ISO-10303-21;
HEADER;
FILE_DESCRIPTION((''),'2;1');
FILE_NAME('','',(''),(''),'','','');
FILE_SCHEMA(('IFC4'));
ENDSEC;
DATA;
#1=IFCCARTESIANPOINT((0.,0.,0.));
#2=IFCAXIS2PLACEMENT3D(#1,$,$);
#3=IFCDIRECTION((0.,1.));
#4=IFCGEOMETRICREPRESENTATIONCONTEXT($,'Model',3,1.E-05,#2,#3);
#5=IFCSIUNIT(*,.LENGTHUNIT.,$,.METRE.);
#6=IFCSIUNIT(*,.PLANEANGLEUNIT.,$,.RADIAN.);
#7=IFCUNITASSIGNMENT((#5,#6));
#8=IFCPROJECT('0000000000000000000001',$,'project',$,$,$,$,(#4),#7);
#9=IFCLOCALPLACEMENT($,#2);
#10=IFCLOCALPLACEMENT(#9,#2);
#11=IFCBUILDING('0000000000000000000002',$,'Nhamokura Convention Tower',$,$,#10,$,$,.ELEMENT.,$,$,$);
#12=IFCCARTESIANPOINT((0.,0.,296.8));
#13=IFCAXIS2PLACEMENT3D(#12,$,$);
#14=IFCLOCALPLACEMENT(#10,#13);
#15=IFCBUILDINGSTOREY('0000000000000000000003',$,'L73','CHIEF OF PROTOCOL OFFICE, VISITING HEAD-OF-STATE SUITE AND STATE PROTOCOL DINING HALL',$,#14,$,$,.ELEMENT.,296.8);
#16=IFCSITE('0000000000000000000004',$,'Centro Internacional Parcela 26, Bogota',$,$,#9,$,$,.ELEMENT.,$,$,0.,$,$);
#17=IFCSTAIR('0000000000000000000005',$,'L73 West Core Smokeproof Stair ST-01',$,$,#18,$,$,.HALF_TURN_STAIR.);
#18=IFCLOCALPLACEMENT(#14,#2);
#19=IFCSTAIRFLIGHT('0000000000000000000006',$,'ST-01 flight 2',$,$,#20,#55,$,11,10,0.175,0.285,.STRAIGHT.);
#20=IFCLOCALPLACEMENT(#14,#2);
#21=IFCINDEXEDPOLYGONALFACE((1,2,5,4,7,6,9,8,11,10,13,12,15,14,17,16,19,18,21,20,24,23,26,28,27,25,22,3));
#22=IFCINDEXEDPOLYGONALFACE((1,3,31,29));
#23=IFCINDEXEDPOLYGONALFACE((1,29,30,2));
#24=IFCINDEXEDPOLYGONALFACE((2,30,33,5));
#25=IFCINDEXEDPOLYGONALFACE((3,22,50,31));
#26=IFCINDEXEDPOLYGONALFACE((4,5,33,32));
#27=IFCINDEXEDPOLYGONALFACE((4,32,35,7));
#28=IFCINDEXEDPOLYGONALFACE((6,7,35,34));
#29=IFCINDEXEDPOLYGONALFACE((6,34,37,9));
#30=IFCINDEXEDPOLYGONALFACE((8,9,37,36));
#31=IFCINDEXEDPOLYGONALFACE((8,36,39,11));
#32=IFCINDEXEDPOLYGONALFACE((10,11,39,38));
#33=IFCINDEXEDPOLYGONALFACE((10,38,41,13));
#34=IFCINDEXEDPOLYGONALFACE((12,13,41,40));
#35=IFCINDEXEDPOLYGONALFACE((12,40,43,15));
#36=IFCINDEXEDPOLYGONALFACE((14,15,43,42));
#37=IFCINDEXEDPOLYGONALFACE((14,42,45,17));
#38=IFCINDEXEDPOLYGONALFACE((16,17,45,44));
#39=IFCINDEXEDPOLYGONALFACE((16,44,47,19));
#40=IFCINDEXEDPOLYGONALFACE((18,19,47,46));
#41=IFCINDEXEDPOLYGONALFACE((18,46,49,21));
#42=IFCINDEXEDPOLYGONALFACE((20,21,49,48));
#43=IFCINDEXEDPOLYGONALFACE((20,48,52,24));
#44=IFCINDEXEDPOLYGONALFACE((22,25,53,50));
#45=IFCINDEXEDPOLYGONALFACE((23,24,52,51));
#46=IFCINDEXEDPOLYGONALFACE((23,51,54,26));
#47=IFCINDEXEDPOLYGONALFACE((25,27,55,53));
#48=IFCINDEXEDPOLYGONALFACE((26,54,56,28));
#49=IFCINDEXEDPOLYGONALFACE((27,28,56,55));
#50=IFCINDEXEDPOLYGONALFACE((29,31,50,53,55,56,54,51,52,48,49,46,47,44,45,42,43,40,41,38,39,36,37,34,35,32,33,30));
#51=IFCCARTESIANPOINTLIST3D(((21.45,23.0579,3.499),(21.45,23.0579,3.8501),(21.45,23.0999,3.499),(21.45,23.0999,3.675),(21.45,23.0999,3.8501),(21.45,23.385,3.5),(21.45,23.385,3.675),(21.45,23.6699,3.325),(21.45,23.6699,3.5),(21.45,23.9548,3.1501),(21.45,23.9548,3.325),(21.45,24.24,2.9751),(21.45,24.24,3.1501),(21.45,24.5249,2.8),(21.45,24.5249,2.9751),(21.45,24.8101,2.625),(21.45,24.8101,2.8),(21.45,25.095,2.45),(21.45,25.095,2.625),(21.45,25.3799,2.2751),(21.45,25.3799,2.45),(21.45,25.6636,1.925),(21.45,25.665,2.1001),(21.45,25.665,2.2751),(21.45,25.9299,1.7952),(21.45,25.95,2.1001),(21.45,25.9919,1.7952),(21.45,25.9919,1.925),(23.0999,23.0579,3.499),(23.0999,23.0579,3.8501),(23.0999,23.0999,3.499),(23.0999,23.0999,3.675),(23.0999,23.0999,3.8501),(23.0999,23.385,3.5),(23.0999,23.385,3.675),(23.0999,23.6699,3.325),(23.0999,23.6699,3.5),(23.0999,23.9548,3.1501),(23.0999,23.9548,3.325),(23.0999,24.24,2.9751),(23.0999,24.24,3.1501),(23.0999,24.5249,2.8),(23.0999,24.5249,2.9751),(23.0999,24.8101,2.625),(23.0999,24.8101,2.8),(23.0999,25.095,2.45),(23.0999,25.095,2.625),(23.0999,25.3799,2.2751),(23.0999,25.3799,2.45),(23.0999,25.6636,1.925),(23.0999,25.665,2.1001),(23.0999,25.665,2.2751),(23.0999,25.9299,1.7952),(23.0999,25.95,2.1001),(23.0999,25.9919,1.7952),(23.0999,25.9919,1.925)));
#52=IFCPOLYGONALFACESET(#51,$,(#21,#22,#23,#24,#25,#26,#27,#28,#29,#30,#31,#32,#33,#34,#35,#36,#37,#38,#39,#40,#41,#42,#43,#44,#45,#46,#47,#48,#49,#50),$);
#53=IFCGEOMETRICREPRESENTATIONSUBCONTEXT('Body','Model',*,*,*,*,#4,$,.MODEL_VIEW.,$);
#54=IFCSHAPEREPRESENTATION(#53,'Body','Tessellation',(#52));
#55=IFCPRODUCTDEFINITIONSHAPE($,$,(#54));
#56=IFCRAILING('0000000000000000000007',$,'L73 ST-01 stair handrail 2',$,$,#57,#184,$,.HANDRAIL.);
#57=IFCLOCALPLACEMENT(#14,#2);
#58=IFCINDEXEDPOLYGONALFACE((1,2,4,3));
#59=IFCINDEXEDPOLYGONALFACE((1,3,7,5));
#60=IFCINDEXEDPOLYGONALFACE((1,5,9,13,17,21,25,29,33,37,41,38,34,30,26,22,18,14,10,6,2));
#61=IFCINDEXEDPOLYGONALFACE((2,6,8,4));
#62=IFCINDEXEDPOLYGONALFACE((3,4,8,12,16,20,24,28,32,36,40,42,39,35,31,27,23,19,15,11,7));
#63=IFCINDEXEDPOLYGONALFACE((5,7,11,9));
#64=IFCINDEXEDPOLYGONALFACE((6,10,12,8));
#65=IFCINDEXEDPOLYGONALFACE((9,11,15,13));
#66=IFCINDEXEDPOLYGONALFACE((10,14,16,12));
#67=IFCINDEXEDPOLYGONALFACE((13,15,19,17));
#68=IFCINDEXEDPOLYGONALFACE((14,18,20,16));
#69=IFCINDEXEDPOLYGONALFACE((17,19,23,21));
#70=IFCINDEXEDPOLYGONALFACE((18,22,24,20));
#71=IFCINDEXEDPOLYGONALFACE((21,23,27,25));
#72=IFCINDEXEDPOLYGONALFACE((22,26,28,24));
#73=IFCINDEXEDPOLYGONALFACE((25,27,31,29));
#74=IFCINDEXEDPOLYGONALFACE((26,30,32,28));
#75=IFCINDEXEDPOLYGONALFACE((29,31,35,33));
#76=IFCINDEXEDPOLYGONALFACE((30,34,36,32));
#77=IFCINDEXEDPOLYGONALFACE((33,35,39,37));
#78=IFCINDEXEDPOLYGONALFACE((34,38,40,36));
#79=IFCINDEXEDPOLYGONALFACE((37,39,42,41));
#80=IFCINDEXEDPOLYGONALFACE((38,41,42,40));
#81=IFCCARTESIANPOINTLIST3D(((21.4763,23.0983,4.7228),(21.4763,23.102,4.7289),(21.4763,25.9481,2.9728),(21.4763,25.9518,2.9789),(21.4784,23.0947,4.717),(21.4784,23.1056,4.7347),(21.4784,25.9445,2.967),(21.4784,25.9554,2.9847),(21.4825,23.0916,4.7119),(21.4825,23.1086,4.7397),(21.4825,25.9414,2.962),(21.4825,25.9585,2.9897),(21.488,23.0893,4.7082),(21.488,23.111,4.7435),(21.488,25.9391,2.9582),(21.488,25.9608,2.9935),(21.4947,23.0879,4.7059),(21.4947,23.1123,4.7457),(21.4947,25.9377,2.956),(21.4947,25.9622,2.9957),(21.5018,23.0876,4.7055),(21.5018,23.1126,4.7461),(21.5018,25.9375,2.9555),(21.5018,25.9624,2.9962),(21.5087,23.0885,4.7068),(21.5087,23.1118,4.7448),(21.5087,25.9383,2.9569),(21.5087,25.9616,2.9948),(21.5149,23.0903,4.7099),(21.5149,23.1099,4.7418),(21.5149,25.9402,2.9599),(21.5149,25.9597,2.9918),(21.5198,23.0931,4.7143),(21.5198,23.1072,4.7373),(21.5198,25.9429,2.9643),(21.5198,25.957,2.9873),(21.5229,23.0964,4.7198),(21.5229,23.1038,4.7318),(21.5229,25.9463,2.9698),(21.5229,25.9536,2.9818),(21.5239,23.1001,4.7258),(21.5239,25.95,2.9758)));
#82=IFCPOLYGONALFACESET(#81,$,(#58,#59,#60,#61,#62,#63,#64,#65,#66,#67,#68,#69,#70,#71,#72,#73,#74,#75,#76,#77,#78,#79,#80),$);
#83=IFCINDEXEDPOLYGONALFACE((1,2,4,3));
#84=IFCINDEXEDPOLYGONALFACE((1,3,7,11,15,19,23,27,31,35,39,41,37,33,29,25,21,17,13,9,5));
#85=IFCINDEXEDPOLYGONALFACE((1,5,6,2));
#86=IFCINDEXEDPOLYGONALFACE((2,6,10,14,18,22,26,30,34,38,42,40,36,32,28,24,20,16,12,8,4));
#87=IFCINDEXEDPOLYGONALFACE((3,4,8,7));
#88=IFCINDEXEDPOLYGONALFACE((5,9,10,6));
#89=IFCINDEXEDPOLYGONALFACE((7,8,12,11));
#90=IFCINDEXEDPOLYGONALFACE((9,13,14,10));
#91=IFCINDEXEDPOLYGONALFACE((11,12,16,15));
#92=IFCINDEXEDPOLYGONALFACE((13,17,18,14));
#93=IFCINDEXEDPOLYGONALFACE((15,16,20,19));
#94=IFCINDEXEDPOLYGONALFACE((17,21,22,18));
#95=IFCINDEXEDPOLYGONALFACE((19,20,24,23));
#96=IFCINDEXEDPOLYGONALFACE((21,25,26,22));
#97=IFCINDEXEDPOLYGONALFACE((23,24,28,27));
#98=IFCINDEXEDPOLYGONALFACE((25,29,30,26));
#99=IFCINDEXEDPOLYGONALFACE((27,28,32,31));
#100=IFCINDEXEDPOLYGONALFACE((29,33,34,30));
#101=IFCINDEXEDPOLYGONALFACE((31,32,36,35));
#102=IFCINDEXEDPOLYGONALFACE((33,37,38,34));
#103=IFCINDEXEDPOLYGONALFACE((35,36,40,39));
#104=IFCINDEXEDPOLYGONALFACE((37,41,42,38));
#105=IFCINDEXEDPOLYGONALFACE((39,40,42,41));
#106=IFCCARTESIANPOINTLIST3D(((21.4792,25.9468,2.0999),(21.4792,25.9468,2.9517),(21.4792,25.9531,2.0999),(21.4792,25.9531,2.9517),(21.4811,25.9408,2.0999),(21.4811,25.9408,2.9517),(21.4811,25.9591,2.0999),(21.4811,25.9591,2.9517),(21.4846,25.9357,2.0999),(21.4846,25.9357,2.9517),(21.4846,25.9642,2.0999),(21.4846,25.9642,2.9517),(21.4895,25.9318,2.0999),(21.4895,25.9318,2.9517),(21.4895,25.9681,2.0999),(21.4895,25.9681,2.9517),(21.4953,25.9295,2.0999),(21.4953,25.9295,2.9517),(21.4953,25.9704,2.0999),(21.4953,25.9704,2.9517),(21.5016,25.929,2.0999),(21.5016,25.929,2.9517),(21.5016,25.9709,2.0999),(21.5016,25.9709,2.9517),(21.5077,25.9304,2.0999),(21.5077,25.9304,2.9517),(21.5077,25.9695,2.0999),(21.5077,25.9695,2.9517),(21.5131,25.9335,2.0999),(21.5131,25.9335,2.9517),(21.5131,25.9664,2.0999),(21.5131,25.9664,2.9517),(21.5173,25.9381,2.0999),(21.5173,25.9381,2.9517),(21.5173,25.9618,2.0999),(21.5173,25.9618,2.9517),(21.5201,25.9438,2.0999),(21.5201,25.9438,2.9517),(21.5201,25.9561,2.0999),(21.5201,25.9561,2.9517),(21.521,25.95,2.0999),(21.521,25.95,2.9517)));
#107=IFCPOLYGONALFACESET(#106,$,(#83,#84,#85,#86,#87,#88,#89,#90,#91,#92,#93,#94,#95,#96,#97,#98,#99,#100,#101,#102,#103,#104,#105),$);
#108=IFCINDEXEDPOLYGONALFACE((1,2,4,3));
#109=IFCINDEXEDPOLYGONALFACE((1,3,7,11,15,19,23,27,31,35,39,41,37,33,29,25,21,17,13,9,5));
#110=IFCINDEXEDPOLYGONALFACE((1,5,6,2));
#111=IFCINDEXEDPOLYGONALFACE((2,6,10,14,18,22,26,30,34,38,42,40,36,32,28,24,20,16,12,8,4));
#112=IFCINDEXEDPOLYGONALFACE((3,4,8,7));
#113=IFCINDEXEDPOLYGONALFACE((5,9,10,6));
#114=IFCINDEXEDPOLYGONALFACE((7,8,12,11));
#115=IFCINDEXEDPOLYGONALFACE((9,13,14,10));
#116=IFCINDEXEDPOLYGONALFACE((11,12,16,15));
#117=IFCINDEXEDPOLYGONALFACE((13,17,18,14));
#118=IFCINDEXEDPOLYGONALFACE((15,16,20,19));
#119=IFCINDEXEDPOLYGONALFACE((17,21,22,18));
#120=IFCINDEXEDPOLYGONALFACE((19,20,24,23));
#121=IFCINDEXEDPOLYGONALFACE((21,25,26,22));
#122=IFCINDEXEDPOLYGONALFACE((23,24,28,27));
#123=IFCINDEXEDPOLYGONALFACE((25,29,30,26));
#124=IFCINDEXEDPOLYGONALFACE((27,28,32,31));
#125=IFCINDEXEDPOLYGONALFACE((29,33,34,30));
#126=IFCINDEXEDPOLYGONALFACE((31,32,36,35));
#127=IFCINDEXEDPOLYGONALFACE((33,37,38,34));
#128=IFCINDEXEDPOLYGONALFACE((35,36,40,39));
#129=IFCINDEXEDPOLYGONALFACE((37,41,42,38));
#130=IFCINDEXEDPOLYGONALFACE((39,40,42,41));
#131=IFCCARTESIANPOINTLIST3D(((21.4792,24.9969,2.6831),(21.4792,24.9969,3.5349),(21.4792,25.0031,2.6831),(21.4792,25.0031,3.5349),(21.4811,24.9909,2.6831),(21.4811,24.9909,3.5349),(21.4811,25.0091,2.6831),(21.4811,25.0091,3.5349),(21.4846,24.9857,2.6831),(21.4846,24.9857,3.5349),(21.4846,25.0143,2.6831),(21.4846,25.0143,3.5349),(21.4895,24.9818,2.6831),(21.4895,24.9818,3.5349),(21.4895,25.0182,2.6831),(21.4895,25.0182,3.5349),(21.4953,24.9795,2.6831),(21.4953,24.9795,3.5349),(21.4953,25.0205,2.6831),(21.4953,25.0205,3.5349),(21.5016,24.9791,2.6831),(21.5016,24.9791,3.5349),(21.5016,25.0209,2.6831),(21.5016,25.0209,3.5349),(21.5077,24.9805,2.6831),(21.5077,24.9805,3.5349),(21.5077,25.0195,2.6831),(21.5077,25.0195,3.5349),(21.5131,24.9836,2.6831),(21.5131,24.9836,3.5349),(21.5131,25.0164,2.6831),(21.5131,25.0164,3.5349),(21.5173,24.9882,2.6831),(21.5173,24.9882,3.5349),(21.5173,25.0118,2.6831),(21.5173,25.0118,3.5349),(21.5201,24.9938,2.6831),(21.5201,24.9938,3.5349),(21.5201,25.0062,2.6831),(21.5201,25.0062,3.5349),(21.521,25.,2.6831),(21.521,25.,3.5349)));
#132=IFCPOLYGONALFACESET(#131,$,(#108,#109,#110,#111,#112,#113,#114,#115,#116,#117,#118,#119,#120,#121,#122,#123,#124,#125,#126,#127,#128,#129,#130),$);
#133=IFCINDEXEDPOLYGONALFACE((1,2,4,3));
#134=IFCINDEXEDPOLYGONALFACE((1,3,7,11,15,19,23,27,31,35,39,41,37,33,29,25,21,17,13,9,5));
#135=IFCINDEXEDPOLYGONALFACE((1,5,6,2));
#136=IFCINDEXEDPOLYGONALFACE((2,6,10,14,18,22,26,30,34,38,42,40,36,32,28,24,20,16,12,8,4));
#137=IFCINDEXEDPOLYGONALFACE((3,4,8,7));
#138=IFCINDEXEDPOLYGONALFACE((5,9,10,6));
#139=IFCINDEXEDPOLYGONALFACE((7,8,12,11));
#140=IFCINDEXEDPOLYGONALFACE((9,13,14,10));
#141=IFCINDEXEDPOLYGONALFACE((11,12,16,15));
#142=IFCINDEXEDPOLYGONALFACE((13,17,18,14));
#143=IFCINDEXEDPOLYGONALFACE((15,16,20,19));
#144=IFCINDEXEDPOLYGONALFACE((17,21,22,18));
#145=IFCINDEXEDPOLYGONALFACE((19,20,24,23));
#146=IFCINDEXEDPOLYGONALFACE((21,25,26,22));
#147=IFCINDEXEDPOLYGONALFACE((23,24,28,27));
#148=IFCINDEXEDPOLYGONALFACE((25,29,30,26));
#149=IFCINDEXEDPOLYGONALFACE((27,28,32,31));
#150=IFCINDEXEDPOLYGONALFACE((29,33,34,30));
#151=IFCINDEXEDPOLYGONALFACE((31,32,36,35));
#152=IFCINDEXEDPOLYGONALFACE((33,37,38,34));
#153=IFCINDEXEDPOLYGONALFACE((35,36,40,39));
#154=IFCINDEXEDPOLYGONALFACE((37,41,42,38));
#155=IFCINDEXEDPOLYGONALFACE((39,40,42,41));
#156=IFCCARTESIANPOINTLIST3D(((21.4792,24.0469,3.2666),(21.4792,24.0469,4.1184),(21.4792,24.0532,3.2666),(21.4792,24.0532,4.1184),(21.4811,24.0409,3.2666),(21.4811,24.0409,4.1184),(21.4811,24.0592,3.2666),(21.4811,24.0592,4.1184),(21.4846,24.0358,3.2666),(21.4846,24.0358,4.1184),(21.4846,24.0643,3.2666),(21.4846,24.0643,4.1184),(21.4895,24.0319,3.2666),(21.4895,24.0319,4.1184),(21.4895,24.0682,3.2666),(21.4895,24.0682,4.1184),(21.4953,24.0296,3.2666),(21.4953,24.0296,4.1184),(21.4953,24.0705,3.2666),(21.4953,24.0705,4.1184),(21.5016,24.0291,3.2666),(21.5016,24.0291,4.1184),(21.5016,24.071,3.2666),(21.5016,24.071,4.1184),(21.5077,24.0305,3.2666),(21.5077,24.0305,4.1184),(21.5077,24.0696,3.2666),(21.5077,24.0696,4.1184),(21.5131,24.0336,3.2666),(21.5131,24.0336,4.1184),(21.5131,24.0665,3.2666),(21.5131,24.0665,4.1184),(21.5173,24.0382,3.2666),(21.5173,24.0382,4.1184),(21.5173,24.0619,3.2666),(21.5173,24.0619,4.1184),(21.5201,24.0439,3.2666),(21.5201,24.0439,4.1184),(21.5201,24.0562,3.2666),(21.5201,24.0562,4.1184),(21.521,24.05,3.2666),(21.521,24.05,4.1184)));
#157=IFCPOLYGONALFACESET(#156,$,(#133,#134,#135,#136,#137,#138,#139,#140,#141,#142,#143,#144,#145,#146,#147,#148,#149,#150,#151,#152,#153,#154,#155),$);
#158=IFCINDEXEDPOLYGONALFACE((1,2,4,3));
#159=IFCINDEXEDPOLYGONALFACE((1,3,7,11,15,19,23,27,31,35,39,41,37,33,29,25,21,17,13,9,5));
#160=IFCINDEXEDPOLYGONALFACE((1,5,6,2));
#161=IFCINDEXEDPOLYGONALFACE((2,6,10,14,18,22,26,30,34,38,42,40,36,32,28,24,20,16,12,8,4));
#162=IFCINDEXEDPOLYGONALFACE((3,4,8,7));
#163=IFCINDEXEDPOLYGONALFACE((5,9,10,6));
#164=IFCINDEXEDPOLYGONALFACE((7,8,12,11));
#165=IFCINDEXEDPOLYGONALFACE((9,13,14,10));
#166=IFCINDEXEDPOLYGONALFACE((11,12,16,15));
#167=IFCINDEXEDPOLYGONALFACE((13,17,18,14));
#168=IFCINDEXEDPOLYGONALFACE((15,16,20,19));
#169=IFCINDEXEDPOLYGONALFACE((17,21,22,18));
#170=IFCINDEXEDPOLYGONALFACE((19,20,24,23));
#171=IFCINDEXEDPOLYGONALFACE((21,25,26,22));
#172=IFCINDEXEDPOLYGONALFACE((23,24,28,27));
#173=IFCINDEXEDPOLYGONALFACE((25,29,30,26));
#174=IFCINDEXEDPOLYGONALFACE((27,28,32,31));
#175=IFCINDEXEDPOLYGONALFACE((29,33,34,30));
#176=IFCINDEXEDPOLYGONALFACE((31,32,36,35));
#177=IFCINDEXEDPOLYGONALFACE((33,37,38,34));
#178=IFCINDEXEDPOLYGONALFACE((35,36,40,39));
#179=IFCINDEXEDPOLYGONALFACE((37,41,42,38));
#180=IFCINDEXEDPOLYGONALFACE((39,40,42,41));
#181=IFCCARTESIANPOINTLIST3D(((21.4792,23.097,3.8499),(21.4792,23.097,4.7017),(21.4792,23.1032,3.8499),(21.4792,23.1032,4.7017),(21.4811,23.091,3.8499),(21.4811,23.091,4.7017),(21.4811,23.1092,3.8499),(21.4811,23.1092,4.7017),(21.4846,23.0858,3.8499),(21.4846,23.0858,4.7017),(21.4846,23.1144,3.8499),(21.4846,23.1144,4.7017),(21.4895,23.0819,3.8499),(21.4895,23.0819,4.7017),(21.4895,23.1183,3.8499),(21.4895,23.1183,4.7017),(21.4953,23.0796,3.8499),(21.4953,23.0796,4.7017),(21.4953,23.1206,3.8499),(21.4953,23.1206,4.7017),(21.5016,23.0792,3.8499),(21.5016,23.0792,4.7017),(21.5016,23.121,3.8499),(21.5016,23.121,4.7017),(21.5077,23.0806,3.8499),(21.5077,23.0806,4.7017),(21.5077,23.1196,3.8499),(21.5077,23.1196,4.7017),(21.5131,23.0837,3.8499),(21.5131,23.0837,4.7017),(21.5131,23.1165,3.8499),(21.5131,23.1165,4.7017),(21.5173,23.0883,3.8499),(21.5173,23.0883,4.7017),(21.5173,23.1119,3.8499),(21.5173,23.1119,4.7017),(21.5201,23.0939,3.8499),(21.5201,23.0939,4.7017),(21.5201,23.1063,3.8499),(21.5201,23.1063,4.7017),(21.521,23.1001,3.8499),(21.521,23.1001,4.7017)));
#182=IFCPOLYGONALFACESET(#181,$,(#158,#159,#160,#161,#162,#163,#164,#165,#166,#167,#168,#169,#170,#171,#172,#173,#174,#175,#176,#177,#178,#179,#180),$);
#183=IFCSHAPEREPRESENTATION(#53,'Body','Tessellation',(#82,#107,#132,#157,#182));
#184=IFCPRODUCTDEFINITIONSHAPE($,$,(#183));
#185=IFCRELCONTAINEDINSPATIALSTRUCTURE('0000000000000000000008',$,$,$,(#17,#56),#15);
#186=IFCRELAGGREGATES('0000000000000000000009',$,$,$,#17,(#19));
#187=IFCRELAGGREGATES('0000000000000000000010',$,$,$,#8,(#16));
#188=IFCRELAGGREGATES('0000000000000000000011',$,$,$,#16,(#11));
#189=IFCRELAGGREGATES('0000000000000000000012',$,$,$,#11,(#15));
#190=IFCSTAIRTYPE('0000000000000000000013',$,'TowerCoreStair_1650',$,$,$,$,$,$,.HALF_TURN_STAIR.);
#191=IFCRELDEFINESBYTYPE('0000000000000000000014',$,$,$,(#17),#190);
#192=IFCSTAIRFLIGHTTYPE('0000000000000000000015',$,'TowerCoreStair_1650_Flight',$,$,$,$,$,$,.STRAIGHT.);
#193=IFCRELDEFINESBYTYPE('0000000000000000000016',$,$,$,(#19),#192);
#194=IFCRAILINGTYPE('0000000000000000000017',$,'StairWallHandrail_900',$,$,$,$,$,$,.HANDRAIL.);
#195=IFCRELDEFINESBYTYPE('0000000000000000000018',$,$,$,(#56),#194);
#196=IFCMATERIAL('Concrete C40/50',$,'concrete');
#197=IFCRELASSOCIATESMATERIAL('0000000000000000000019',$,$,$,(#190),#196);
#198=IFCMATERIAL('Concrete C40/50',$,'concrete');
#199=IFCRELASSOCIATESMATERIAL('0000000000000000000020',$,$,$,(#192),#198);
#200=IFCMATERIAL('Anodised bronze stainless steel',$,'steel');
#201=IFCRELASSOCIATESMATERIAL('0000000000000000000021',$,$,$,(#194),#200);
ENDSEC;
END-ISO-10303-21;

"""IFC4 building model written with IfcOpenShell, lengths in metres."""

from ifc_helpers import new_model, si_unit, direction, frame, origin, origin_2d, place, context, subcontext, project, spatial, polyline, circle, outline, extrude, material, type_object, element, aggregate, save


model = new_model("IFC4")

# Units and contexts
model_context = context("Model", 3, precision=1e-05, world=origin(), true_north=direction((0.0, 1.0)))
body_context = subcontext(model_context, "Body", "Model", "MODEL_VIEW")
ifc_project = project(units=[si_unit("LENGTHUNIT", "METRE"), si_unit("PLANEANGLEUNIT", "RADIAN")], contexts=[model_context])

# Site, building, storey
site_placement = place(None, origin())
site = spatial("IfcSite", under=ifc_project, at=site_placement, Name="Centro Internacional Parcela 26, Bogota", CompositionType="ELEMENT", RefElevation=0.0)
building_placement = place(site_placement, origin())
building = spatial("IfcBuilding", under=site, at=building_placement, Name="Nhamokura Convention Tower", CompositionType="ELEMENT")
storey_placement = place(building_placement, frame((0.0, 0.0, 296.8)))
storey = spatial("IfcBuildingStorey", under=building, at=storey_placement, Name="L73", Description="CHIEF OF PROTOCOL OFFICE, VISITING HEAD-OF-STATE SUITE AND STATE PROTOCOL DINING HALL", CompositionType="ELEMENT", Elevation=296.8)

# Stair, stair flight
ifc_material_1 = material(Name="Concrete C40/50", Category="concrete")
stair_type = type_object("IfcStairType", Name="TowerCoreStair_1650", PredefinedType="HALF_TURN_STAIR", material=ifc_material_1)
stair_placement = place(storey_placement, origin())
stair = element("IfcStair", 1, at=stair_placement, inside=storey, type_object=stair_type, Name="L73 West Core Smokeproof Stair ST-01", PredefinedType="HALF_TURN_STAIR")
ifc_material_2 = material(Name="Concrete C40/50", Category="concrete")
stair_flight_type = type_object("IfcStairFlightType", Name="TowerCoreStair_1650_Flight", PredefinedType="STRAIGHT", material=ifc_material_2)
stair_flight_placement = place(storey_placement, frame((22.2749, 25.95, 1.925), z_axis=(0.0, 0.0, 1.0), x_axis=(0.0, -1.0, 0.0)))
stair_flight = element("IfcStairFlight", 2, at=stair_flight_placement, type_object=stair_flight_type, Name="ST-01 flight 2", NumberOfRisers=11, NumberOfTreads=10, PredefinedType="STRAIGHT", RiserHeight=0.175, TreadLength=0.285, context=body_context, shape_type="SweptSolid", body=[
    extrude(outline(polyline([(-0.042, 0.0), (0.0, 0.175), (0.2849, 0.175), (0.2849, 0.3501), (0.5701, 0.3501), (0.5701, 0.5249), (0.855, 0.5249), (0.855, 0.7), (1.1399, 0.7), (1.1399, 0.875), (1.425, 0.875), (1.425, 1.05), (1.71, 1.05), (1.71, 1.2251), (1.9951, 1.2251), (1.9951, 1.3999), (2.28, 1.3999), (2.28, 1.575), (2.5649, 1.575), (2.5649, 1.75), (2.8501, 1.75), (2.8501, 1.925), (2.8921, 1.925), (2.8921, 1.574), (2.8501, 1.574), (0.2864, 0.0), (0.02, -0.1299), (-0.042, -0.1299), (-0.042, 0.0)])), frame((0.0, 0.825, 0.0), z_axis=(0.0, -1.0, 0.0), x_axis=(1.0, 0.0, 0.0)), (0.0, 0.0, 1.0), 1.6499),
])
aggregate(stair, [stair_flight])

# Railing
ifc_material_3 = material(Name="Anodised bronze stainless steel", Category="steel")
railing_type_1 = type_object("IfcRailingType", Name="StairWallHandrail_900", PredefinedType="HANDRAIL", material=ifc_material_3)
railing_1_placement = place(storey_placement, frame((21.5, 25.95, 2.0999)))
element("IfcRailing", 3, at=railing_1_placement, inside=storey, type_object=railing_type_1, Name="L73 ST-01 stair handrail 2", PredefinedType="HANDRAIL", context=body_context, shape_type="SweptSolid", body=[
    extrude(circle(Radius=0.0239, at=origin_2d()), frame((0.0, 0.0, 0.876), z_axis=(0.0, -0.852159, 0.523283), x_axis=(1.0, 0.0, 0.0)), (0.0, 0.0, 1.0), 3.3442),
    extrude(circle(Radius=0.021, at=origin_2d()), origin(), (0.0, 0.0, 1.0), 0.8518),
    extrude(circle(Radius=0.021, at=origin_2d()), frame((0.0, -0.95, 0.5833)), (0.0, 0.0, 1.0), 0.8518),
    extrude(circle(Radius=0.021, at=origin_2d()), frame((0.0, -1.8999, 1.1667)), (0.0, 0.0, 1.0), 0.8518),
    extrude(circle(Radius=0.021, at=origin_2d()), frame((0.0, -2.8499, 1.75)), (0.0, 0.0, 1.0), 0.8518),
])

save(model, "model.ifc")
